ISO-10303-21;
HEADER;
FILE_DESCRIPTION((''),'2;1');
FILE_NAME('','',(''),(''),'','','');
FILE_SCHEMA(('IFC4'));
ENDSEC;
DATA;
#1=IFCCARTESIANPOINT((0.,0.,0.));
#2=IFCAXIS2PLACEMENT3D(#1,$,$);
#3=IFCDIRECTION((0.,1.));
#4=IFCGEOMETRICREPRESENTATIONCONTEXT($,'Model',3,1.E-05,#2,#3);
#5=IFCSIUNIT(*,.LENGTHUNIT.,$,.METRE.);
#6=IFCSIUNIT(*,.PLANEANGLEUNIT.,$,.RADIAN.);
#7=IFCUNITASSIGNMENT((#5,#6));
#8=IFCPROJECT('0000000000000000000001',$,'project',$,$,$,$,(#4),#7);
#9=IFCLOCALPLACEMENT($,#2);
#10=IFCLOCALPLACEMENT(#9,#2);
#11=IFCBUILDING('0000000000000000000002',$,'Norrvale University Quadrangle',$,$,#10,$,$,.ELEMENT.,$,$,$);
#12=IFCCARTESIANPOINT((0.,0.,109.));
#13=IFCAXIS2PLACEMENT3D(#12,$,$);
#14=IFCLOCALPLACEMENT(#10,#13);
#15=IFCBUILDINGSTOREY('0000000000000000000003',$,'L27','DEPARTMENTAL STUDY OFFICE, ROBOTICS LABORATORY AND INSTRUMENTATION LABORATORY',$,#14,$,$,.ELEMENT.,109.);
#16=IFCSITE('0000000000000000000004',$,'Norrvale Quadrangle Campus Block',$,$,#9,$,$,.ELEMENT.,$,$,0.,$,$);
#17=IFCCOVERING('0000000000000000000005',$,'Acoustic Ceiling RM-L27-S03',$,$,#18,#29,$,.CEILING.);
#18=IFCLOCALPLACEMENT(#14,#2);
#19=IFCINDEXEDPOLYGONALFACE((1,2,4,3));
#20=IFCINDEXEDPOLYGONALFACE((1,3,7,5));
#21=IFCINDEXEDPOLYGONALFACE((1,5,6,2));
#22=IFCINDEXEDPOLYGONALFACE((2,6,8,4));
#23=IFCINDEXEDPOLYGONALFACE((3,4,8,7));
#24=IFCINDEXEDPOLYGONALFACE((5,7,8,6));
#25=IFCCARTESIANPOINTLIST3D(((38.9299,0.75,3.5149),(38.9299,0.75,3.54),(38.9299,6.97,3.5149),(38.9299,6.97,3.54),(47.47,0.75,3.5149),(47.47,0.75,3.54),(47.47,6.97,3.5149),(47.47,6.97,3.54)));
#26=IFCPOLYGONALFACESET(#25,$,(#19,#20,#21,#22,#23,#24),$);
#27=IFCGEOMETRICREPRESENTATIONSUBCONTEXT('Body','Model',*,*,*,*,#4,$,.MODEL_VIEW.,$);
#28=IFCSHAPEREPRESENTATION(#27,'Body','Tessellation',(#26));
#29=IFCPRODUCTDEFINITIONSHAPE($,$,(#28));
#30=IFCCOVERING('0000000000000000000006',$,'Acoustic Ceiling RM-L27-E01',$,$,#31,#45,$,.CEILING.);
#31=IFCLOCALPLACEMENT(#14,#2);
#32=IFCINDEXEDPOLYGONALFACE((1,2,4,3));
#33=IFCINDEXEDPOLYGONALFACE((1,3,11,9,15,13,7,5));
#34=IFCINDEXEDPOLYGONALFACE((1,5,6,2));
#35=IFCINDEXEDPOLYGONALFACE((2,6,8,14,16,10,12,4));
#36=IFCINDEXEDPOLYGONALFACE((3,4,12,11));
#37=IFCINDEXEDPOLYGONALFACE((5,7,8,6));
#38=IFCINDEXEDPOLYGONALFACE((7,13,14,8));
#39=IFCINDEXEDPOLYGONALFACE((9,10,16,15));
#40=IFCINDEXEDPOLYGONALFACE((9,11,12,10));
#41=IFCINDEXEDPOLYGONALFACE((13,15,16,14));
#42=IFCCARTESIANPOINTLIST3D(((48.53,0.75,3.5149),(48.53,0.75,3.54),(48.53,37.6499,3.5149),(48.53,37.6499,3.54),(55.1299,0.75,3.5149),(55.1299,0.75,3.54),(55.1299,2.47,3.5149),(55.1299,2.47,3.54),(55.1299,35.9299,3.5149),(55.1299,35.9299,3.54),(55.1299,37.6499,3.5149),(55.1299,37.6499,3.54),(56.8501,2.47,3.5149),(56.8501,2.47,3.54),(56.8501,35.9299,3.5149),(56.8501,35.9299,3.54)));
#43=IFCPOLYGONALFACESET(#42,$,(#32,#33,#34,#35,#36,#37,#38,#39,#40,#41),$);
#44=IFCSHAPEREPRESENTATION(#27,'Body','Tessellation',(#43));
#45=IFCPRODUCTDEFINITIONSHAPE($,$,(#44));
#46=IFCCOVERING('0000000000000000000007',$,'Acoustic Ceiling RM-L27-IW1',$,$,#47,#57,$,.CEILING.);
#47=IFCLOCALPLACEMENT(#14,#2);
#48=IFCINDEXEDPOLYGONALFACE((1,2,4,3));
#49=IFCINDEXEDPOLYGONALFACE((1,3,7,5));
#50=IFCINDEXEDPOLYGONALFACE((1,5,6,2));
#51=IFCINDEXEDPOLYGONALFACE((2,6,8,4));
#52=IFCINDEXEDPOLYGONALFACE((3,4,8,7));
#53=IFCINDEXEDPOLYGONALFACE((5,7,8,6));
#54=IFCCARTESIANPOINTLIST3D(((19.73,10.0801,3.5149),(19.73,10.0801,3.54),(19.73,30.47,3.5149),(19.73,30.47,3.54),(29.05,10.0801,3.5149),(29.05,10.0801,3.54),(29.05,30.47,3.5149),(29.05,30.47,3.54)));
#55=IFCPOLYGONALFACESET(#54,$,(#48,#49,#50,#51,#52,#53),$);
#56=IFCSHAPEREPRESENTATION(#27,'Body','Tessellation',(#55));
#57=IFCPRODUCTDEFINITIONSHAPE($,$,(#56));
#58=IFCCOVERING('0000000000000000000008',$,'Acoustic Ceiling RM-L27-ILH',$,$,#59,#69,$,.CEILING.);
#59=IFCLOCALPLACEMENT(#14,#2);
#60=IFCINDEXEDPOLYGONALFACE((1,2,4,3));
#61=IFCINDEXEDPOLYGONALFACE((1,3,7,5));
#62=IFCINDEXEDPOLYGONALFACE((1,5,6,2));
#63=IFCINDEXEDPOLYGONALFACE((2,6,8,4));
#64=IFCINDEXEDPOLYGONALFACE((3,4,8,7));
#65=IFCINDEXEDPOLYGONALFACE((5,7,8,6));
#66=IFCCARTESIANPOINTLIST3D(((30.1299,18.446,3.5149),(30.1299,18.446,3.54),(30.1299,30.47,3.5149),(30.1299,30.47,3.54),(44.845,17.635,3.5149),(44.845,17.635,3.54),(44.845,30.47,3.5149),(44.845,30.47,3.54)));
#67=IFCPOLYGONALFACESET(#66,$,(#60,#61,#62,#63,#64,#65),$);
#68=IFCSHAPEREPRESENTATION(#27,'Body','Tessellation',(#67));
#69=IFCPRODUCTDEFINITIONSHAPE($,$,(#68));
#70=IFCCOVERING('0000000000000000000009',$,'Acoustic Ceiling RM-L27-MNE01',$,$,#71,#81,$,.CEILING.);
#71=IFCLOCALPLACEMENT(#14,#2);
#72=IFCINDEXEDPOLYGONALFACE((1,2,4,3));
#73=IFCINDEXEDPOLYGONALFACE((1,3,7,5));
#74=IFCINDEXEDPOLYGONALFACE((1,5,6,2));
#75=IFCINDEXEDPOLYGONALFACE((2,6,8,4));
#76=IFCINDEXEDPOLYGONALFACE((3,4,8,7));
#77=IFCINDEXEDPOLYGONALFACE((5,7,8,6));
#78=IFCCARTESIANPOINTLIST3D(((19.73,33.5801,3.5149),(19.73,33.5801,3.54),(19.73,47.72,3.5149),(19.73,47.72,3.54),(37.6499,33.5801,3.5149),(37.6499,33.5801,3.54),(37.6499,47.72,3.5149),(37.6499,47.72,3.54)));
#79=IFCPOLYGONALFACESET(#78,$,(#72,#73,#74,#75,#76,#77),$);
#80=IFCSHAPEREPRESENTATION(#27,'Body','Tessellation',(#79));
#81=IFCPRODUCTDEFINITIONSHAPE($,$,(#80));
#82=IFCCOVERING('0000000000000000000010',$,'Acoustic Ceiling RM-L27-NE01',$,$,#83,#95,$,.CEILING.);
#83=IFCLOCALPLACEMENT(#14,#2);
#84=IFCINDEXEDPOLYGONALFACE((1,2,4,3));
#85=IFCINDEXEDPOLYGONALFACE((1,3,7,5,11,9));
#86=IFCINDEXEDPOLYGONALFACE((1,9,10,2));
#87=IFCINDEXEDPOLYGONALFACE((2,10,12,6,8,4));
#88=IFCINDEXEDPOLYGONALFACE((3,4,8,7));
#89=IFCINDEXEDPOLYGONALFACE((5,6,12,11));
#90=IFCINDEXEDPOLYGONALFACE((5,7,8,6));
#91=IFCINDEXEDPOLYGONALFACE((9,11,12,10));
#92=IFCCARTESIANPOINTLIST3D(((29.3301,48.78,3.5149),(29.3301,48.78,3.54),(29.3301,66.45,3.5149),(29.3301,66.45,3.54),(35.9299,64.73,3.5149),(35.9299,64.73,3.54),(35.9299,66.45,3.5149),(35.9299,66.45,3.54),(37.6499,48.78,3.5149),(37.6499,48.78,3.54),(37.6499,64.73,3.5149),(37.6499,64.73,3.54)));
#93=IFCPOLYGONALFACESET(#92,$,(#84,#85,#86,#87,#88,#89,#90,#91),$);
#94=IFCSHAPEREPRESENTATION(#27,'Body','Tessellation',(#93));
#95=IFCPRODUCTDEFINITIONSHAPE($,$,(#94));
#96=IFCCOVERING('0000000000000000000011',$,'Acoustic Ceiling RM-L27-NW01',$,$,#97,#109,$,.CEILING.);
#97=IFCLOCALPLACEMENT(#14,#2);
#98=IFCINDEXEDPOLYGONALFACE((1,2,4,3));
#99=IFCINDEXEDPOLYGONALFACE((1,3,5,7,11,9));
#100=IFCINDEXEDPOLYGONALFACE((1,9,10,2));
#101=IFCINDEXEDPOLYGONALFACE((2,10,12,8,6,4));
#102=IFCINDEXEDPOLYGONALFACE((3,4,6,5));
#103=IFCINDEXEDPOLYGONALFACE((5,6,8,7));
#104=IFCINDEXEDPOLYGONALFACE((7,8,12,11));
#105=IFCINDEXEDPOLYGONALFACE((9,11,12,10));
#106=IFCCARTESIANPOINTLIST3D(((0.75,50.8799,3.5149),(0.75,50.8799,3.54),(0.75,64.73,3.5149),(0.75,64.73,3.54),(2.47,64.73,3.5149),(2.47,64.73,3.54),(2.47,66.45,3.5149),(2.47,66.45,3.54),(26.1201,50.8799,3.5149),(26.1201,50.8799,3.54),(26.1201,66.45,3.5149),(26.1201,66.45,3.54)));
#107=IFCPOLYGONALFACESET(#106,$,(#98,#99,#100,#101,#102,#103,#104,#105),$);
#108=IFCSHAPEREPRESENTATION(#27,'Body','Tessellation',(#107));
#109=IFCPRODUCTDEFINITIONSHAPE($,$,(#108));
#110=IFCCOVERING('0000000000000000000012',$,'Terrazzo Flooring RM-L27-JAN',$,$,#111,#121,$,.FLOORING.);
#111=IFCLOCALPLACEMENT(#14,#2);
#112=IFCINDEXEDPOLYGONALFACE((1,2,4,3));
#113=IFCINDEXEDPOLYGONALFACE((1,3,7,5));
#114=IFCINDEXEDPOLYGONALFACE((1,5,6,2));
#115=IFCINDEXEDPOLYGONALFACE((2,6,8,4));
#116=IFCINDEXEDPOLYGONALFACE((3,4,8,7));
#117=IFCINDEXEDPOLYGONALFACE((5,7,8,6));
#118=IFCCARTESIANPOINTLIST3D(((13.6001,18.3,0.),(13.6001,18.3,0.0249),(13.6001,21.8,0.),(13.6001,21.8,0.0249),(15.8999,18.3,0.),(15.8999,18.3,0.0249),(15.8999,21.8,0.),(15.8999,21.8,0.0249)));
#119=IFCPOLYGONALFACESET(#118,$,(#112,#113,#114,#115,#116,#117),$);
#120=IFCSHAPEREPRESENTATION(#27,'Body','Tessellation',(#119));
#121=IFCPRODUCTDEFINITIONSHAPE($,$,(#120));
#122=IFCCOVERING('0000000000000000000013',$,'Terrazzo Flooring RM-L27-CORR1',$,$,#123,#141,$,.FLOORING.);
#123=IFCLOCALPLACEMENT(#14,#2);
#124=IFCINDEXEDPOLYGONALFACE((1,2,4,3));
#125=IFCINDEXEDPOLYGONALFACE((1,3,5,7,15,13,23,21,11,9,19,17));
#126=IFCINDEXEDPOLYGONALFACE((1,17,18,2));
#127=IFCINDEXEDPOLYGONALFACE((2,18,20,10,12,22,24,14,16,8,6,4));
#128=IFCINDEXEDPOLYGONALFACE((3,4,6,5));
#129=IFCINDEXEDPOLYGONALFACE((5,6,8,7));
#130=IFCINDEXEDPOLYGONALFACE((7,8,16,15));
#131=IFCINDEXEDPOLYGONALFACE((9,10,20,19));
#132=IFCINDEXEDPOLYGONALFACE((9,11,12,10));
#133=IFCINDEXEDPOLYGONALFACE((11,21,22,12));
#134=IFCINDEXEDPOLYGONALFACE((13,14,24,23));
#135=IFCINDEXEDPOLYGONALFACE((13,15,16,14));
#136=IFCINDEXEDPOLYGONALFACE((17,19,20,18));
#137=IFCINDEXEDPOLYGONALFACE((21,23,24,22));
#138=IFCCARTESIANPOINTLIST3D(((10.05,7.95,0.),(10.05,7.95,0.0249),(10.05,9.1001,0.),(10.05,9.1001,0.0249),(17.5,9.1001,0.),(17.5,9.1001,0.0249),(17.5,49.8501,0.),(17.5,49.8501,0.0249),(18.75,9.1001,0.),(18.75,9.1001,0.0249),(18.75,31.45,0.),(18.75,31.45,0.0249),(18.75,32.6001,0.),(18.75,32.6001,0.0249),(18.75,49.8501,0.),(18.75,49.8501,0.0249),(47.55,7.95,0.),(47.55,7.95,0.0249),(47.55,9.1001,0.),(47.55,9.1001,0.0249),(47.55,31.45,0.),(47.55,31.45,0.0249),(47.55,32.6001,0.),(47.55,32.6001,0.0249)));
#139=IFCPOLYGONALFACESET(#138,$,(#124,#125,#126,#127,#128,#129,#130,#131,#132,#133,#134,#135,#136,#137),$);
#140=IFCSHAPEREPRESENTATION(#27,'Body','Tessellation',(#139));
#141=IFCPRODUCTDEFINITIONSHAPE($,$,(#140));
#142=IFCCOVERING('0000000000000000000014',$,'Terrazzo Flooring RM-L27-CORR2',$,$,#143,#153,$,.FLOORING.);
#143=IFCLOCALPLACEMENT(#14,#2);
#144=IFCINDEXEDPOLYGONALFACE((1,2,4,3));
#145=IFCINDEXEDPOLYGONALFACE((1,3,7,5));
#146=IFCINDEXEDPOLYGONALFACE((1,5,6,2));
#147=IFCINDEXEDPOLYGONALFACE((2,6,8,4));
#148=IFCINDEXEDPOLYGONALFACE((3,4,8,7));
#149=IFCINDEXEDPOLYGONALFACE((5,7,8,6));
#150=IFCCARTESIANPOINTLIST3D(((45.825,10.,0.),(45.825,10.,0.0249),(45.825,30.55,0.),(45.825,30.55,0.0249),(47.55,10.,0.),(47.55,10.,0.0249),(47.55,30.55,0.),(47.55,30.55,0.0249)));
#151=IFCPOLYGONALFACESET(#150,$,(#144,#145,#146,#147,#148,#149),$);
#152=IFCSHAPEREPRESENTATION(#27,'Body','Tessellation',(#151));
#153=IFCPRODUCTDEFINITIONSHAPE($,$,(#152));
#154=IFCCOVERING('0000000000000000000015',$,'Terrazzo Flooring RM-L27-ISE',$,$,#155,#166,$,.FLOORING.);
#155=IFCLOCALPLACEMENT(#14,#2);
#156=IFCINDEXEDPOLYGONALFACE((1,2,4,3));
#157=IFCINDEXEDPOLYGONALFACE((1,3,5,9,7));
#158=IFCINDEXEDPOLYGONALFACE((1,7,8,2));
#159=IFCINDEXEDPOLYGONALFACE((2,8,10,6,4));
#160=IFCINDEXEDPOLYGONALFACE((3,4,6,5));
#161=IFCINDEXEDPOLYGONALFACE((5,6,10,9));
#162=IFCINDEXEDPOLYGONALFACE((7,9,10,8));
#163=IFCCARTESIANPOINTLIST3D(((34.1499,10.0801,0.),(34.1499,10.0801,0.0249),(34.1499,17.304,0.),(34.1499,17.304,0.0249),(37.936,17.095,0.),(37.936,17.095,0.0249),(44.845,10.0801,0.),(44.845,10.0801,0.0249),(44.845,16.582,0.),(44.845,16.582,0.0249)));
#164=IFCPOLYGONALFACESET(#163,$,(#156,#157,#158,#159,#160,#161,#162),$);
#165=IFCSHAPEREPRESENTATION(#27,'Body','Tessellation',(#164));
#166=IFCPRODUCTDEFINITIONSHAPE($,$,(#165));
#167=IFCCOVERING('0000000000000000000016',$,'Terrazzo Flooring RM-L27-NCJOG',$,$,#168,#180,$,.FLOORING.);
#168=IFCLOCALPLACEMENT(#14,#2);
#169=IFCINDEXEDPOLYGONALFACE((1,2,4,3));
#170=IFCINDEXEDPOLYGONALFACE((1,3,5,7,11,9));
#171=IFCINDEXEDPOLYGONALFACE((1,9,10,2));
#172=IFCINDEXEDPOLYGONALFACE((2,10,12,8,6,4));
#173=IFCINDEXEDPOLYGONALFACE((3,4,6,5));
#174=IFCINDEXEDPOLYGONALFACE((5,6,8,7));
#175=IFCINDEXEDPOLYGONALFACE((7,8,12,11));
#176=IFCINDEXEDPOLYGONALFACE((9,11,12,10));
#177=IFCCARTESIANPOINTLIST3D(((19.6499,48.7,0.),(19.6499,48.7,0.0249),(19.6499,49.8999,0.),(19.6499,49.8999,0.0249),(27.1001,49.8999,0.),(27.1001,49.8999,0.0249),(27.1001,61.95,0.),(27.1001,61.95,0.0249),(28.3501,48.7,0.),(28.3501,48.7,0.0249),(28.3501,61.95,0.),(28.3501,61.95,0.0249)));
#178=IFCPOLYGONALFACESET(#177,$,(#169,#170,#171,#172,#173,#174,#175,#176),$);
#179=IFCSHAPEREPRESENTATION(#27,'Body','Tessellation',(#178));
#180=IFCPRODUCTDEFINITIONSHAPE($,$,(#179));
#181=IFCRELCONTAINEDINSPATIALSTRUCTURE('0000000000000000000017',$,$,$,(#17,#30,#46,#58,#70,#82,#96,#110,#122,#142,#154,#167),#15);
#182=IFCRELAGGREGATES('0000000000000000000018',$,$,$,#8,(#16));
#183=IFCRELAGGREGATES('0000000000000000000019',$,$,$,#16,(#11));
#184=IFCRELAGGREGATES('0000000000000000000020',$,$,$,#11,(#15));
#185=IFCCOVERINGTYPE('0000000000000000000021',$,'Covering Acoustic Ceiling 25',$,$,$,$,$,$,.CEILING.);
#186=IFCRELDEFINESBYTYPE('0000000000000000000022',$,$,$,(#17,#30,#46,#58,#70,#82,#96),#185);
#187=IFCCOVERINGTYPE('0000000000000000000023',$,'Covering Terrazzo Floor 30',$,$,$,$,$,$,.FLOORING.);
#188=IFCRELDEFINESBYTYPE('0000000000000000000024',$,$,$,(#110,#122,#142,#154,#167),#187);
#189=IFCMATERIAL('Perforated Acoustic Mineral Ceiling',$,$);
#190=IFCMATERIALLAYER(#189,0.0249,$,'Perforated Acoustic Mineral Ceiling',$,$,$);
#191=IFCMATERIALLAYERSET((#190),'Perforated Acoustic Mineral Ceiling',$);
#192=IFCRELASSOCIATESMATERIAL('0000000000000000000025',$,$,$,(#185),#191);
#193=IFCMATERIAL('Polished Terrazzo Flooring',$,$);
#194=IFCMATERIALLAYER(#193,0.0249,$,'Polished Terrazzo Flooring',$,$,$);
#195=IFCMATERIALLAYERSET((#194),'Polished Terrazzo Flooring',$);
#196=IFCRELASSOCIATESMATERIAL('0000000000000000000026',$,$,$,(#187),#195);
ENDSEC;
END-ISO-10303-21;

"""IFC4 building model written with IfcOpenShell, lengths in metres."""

from ifc_helpers import new_model, si_unit, direction, frame, origin, place, context, subcontext, project, spatial, polyline, outline, extrude, material, layer, layer_set, type_object, element, save


model = new_model("IFC4")

# Units and contexts
model_context = context("Model", 3, precision=1e-05, world=origin(), true_north=direction((0.0, 1.0)))
body_context = subcontext(model_context, "Body", "Model", "MODEL_VIEW")
ifc_project = project(units=[si_unit("LENGTHUNIT", "METRE"), si_unit("PLANEANGLEUNIT", "RADIAN")], contexts=[model_context])

# Site, building, storey
site_placement = place(None, origin())
site = spatial("IfcSite", under=ifc_project, at=site_placement, Name="Norrvale Quadrangle Campus Block", CompositionType="ELEMENT", RefElevation=0.0)
building_placement = place(site_placement, origin())
building = spatial("IfcBuilding", under=site, at=building_placement, Name="Norrvale University Quadrangle", CompositionType="ELEMENT")
storey_placement = place(building_placement, frame((0.0, 0.0, 109.0)))
storey = spatial("IfcBuildingStorey", under=building, at=storey_placement, Name="L27", Description="DEPARTMENTAL STUDY OFFICE, ROBOTICS LABORATORY AND INSTRUMENTATION LABORATORY", CompositionType="ELEMENT", Elevation=109.0)

# Coverings
ifc_material_1 = material(Name="Perforated Acoustic Mineral Ceiling")
ifc_layer_1 = layer(ifc_material_1, 0.0249, Name="Perforated Acoustic Mineral Ceiling")
ifc_layer_set_1 = layer_set([ifc_layer_1], Name="Perforated Acoustic Mineral Ceiling")
covering_type_1 = type_object("IfcCoveringType", Name="Covering Acoustic Ceiling 25", PredefinedType="CEILING", material=ifc_layer_set_1)
covering_1_placement = place(storey_placement, frame((0.0, 0.0, 3.5149)))
element("IfcCovering", 1, at=covering_1_placement, inside=storey, type_object=covering_type_1, Name="Acoustic Ceiling RM-L27-S03", PredefinedType="CEILING", context=body_context, shape_type="SweptSolid", body=[
    extrude(outline(polyline([(38.9299, 6.97), (47.47, 6.97), (47.47, 0.75), (38.9299, 0.75), (38.9299, 6.97)])), origin(), (0.0, 0.0, 1.0), 0.0251),
])
covering_2_placement = place(storey_placement, frame((0.0, 0.0, 3.5149)))
element("IfcCovering", 2, at=covering_2_placement, inside=storey, type_object=covering_type_1, Name="Acoustic Ceiling RM-L27-E01", PredefinedType="CEILING", context=body_context, shape_type="SweptSolid", body=[
    extrude(outline(polyline([(48.53, 0.75), (48.53, 37.6499), (55.1299, 37.6499), (55.1299, 35.9299), (56.8501, 35.9299), (56.8501, 2.47), (55.1299, 2.47), (55.1299, 0.75), (48.53, 0.75)])), origin(), (0.0, 0.0, 1.0), 0.0251),
])
covering_3_placement = place(storey_placement, frame((0.0, 0.0, 3.5149)))
element("IfcCovering", 3, at=covering_3_placement, inside=storey, type_object=covering_type_1, Name="Acoustic Ceiling RM-L27-IW1", PredefinedType="CEILING", context=body_context, shape_type="SweptSolid", body=[
    extrude(outline(polyline([(19.73, 10.0801), (19.73, 30.47), (29.05, 30.47), (29.05, 10.0801), (19.73, 10.0801)])), origin(), (0.0, 0.0, 1.0), 0.0251),
])
covering_4_placement = place(storey_placement, frame((0.0, 0.0, 3.5149)))
element("IfcCovering", 4, at=covering_4_placement, inside=storey, type_object=covering_type_1, Name="Acoustic Ceiling RM-L27-ILH", PredefinedType="CEILING", context=body_context, shape_type="SweptSolid", body=[
    extrude(outline(polyline([(30.1299, 18.446), (30.1299, 30.47), (44.845, 30.47), (44.845, 17.635), (30.1299, 18.446)])), origin(), (0.0, 0.0, 1.0), 0.0251),
])
covering_5_placement = place(storey_placement, frame((0.0, 0.0, 3.5149)))
element("IfcCovering", 5, at=covering_5_placement, inside=storey, type_object=covering_type_1, Name="Acoustic Ceiling RM-L27-MNE01", PredefinedType="CEILING", context=body_context, shape_type="SweptSolid", body=[
    extrude(outline(polyline([(19.73, 47.72), (37.6499, 47.72), (37.6499, 33.5801), (19.73, 33.5801), (19.73, 47.72)])), origin(), (0.0, 0.0, 1.0), 0.0251),
])
covering_6_placement = place(storey_placement, frame((0.0, 0.0, 3.5149)))
element("IfcCovering", 6, at=covering_6_placement, inside=storey, type_object=covering_type_1, Name="Acoustic Ceiling RM-L27-NE01", PredefinedType="CEILING", context=body_context, shape_type="SweptSolid", body=[
    extrude(outline(polyline([(37.6499, 48.78), (29.3301, 48.78), (29.3301, 66.45), (35.9299, 66.45), (35.9299, 64.73), (37.6499, 64.73), (37.6499, 48.78)])), origin(), (0.0, 0.0, 1.0), 0.0251),
])
covering_7_placement = place(storey_placement, frame((0.0, 0.0, 3.5149)))
element("IfcCovering", 7, at=covering_7_placement, inside=storey, type_object=covering_type_1, Name="Acoustic Ceiling RM-L27-NW01", PredefinedType="CEILING", context=body_context, shape_type="SweptSolid", body=[
    extrude(outline(polyline([(26.1201, 66.45), (26.1201, 50.8799), (0.75, 50.8799), (0.75, 64.73), (2.47, 64.73), (2.47, 66.45), (26.1201, 66.45)])), origin(), (0.0, 0.0, 1.0), 0.0251),
])
ifc_material_2 = material(Name="Polished Terrazzo Flooring")
ifc_layer_2 = layer(ifc_material_2, 0.0249, Name="Polished Terrazzo Flooring")
ifc_layer_set_2 = layer_set([ifc_layer_2], Name="Polished Terrazzo Flooring")
covering_type_2 = type_object("IfcCoveringType", Name="Covering Terrazzo Floor 30", PredefinedType="FLOORING", material=ifc_layer_set_2)
covering_8_placement = place(storey_placement, origin())
element("IfcCovering", 8, at=covering_8_placement, inside=storey, type_object=covering_type_2, Name="Terrazzo Flooring RM-L27-JAN", PredefinedType="FLOORING", context=body_context, shape_type="SweptSolid", body=[
    extrude(outline(polyline([(13.6001, 18.3), (13.6001, 21.8), (15.8999, 21.8), (15.8999, 18.3), (13.6001, 18.3)])), origin(), (0.0, 0.0, 1.0), 0.0249),
])
covering_9_placement = place(storey_placement, origin())
element("IfcCovering", 9, at=covering_9_placement, inside=storey, type_object=covering_type_2, Name="Terrazzo Flooring RM-L27-CORR1", PredefinedType="FLOORING", context=body_context, shape_type="SweptSolid", body=[
    extrude(outline(polyline([(10.05, 7.95), (10.05, 9.1001), (17.5, 9.1001), (17.5, 49.8501), (18.75, 49.8501), (18.75, 32.6001), (47.55, 32.6001), (47.55, 31.45), (18.75, 31.45), (18.75, 9.1001), (47.55, 9.1001), (47.55, 7.95), (10.05, 7.95)])), origin(), (0.0, 0.0, 1.0), 0.0249),
])
covering_10_placement = place(storey_placement, origin())
element("IfcCovering", 10, at=covering_10_placement, inside=storey, type_object=covering_type_2, Name="Terrazzo Flooring RM-L27-CORR2", PredefinedType="FLOORING", context=body_context, shape_type="SweptSolid", body=[
    extrude(outline(polyline([(45.825, 10.0), (45.825, 30.55), (47.55, 30.55), (47.55, 10.0), (45.825, 10.0)])), origin(), (0.0, 0.0, 1.0), 0.0249),
])
covering_11_placement = place(storey_placement, origin())
element("IfcCovering", 11, at=covering_11_placement, inside=storey, type_object=covering_type_2, Name="Terrazzo Flooring RM-L27-ISE", PredefinedType="FLOORING", context=body_context, shape_type="SweptSolid", body=[
    extrude(outline(polyline([(44.845, 16.582), (44.845, 10.0801), (34.1499, 10.0801), (34.1499, 17.304), (37.936, 17.095), (44.845, 16.582)])), origin(), (0.0, 0.0, 1.0), 0.0249),
])
covering_12_placement = place(storey_placement, origin())
element("IfcCovering", 12, at=covering_12_placement, inside=storey, type_object=covering_type_2, Name="Terrazzo Flooring RM-L27-NCJOG", PredefinedType="FLOORING", context=body_context, shape_type="SweptSolid", body=[
    extrude(outline(polyline([(19.6499, 48.7), (19.6499, 49.8999), (27.1001, 49.8999), (27.1001, 61.95), (28.3501, 61.95), (28.3501, 48.7), (19.6499, 48.7)])), origin(), (0.0, 0.0, 1.0), 0.0249),
])

save(model, "model.ifc")
